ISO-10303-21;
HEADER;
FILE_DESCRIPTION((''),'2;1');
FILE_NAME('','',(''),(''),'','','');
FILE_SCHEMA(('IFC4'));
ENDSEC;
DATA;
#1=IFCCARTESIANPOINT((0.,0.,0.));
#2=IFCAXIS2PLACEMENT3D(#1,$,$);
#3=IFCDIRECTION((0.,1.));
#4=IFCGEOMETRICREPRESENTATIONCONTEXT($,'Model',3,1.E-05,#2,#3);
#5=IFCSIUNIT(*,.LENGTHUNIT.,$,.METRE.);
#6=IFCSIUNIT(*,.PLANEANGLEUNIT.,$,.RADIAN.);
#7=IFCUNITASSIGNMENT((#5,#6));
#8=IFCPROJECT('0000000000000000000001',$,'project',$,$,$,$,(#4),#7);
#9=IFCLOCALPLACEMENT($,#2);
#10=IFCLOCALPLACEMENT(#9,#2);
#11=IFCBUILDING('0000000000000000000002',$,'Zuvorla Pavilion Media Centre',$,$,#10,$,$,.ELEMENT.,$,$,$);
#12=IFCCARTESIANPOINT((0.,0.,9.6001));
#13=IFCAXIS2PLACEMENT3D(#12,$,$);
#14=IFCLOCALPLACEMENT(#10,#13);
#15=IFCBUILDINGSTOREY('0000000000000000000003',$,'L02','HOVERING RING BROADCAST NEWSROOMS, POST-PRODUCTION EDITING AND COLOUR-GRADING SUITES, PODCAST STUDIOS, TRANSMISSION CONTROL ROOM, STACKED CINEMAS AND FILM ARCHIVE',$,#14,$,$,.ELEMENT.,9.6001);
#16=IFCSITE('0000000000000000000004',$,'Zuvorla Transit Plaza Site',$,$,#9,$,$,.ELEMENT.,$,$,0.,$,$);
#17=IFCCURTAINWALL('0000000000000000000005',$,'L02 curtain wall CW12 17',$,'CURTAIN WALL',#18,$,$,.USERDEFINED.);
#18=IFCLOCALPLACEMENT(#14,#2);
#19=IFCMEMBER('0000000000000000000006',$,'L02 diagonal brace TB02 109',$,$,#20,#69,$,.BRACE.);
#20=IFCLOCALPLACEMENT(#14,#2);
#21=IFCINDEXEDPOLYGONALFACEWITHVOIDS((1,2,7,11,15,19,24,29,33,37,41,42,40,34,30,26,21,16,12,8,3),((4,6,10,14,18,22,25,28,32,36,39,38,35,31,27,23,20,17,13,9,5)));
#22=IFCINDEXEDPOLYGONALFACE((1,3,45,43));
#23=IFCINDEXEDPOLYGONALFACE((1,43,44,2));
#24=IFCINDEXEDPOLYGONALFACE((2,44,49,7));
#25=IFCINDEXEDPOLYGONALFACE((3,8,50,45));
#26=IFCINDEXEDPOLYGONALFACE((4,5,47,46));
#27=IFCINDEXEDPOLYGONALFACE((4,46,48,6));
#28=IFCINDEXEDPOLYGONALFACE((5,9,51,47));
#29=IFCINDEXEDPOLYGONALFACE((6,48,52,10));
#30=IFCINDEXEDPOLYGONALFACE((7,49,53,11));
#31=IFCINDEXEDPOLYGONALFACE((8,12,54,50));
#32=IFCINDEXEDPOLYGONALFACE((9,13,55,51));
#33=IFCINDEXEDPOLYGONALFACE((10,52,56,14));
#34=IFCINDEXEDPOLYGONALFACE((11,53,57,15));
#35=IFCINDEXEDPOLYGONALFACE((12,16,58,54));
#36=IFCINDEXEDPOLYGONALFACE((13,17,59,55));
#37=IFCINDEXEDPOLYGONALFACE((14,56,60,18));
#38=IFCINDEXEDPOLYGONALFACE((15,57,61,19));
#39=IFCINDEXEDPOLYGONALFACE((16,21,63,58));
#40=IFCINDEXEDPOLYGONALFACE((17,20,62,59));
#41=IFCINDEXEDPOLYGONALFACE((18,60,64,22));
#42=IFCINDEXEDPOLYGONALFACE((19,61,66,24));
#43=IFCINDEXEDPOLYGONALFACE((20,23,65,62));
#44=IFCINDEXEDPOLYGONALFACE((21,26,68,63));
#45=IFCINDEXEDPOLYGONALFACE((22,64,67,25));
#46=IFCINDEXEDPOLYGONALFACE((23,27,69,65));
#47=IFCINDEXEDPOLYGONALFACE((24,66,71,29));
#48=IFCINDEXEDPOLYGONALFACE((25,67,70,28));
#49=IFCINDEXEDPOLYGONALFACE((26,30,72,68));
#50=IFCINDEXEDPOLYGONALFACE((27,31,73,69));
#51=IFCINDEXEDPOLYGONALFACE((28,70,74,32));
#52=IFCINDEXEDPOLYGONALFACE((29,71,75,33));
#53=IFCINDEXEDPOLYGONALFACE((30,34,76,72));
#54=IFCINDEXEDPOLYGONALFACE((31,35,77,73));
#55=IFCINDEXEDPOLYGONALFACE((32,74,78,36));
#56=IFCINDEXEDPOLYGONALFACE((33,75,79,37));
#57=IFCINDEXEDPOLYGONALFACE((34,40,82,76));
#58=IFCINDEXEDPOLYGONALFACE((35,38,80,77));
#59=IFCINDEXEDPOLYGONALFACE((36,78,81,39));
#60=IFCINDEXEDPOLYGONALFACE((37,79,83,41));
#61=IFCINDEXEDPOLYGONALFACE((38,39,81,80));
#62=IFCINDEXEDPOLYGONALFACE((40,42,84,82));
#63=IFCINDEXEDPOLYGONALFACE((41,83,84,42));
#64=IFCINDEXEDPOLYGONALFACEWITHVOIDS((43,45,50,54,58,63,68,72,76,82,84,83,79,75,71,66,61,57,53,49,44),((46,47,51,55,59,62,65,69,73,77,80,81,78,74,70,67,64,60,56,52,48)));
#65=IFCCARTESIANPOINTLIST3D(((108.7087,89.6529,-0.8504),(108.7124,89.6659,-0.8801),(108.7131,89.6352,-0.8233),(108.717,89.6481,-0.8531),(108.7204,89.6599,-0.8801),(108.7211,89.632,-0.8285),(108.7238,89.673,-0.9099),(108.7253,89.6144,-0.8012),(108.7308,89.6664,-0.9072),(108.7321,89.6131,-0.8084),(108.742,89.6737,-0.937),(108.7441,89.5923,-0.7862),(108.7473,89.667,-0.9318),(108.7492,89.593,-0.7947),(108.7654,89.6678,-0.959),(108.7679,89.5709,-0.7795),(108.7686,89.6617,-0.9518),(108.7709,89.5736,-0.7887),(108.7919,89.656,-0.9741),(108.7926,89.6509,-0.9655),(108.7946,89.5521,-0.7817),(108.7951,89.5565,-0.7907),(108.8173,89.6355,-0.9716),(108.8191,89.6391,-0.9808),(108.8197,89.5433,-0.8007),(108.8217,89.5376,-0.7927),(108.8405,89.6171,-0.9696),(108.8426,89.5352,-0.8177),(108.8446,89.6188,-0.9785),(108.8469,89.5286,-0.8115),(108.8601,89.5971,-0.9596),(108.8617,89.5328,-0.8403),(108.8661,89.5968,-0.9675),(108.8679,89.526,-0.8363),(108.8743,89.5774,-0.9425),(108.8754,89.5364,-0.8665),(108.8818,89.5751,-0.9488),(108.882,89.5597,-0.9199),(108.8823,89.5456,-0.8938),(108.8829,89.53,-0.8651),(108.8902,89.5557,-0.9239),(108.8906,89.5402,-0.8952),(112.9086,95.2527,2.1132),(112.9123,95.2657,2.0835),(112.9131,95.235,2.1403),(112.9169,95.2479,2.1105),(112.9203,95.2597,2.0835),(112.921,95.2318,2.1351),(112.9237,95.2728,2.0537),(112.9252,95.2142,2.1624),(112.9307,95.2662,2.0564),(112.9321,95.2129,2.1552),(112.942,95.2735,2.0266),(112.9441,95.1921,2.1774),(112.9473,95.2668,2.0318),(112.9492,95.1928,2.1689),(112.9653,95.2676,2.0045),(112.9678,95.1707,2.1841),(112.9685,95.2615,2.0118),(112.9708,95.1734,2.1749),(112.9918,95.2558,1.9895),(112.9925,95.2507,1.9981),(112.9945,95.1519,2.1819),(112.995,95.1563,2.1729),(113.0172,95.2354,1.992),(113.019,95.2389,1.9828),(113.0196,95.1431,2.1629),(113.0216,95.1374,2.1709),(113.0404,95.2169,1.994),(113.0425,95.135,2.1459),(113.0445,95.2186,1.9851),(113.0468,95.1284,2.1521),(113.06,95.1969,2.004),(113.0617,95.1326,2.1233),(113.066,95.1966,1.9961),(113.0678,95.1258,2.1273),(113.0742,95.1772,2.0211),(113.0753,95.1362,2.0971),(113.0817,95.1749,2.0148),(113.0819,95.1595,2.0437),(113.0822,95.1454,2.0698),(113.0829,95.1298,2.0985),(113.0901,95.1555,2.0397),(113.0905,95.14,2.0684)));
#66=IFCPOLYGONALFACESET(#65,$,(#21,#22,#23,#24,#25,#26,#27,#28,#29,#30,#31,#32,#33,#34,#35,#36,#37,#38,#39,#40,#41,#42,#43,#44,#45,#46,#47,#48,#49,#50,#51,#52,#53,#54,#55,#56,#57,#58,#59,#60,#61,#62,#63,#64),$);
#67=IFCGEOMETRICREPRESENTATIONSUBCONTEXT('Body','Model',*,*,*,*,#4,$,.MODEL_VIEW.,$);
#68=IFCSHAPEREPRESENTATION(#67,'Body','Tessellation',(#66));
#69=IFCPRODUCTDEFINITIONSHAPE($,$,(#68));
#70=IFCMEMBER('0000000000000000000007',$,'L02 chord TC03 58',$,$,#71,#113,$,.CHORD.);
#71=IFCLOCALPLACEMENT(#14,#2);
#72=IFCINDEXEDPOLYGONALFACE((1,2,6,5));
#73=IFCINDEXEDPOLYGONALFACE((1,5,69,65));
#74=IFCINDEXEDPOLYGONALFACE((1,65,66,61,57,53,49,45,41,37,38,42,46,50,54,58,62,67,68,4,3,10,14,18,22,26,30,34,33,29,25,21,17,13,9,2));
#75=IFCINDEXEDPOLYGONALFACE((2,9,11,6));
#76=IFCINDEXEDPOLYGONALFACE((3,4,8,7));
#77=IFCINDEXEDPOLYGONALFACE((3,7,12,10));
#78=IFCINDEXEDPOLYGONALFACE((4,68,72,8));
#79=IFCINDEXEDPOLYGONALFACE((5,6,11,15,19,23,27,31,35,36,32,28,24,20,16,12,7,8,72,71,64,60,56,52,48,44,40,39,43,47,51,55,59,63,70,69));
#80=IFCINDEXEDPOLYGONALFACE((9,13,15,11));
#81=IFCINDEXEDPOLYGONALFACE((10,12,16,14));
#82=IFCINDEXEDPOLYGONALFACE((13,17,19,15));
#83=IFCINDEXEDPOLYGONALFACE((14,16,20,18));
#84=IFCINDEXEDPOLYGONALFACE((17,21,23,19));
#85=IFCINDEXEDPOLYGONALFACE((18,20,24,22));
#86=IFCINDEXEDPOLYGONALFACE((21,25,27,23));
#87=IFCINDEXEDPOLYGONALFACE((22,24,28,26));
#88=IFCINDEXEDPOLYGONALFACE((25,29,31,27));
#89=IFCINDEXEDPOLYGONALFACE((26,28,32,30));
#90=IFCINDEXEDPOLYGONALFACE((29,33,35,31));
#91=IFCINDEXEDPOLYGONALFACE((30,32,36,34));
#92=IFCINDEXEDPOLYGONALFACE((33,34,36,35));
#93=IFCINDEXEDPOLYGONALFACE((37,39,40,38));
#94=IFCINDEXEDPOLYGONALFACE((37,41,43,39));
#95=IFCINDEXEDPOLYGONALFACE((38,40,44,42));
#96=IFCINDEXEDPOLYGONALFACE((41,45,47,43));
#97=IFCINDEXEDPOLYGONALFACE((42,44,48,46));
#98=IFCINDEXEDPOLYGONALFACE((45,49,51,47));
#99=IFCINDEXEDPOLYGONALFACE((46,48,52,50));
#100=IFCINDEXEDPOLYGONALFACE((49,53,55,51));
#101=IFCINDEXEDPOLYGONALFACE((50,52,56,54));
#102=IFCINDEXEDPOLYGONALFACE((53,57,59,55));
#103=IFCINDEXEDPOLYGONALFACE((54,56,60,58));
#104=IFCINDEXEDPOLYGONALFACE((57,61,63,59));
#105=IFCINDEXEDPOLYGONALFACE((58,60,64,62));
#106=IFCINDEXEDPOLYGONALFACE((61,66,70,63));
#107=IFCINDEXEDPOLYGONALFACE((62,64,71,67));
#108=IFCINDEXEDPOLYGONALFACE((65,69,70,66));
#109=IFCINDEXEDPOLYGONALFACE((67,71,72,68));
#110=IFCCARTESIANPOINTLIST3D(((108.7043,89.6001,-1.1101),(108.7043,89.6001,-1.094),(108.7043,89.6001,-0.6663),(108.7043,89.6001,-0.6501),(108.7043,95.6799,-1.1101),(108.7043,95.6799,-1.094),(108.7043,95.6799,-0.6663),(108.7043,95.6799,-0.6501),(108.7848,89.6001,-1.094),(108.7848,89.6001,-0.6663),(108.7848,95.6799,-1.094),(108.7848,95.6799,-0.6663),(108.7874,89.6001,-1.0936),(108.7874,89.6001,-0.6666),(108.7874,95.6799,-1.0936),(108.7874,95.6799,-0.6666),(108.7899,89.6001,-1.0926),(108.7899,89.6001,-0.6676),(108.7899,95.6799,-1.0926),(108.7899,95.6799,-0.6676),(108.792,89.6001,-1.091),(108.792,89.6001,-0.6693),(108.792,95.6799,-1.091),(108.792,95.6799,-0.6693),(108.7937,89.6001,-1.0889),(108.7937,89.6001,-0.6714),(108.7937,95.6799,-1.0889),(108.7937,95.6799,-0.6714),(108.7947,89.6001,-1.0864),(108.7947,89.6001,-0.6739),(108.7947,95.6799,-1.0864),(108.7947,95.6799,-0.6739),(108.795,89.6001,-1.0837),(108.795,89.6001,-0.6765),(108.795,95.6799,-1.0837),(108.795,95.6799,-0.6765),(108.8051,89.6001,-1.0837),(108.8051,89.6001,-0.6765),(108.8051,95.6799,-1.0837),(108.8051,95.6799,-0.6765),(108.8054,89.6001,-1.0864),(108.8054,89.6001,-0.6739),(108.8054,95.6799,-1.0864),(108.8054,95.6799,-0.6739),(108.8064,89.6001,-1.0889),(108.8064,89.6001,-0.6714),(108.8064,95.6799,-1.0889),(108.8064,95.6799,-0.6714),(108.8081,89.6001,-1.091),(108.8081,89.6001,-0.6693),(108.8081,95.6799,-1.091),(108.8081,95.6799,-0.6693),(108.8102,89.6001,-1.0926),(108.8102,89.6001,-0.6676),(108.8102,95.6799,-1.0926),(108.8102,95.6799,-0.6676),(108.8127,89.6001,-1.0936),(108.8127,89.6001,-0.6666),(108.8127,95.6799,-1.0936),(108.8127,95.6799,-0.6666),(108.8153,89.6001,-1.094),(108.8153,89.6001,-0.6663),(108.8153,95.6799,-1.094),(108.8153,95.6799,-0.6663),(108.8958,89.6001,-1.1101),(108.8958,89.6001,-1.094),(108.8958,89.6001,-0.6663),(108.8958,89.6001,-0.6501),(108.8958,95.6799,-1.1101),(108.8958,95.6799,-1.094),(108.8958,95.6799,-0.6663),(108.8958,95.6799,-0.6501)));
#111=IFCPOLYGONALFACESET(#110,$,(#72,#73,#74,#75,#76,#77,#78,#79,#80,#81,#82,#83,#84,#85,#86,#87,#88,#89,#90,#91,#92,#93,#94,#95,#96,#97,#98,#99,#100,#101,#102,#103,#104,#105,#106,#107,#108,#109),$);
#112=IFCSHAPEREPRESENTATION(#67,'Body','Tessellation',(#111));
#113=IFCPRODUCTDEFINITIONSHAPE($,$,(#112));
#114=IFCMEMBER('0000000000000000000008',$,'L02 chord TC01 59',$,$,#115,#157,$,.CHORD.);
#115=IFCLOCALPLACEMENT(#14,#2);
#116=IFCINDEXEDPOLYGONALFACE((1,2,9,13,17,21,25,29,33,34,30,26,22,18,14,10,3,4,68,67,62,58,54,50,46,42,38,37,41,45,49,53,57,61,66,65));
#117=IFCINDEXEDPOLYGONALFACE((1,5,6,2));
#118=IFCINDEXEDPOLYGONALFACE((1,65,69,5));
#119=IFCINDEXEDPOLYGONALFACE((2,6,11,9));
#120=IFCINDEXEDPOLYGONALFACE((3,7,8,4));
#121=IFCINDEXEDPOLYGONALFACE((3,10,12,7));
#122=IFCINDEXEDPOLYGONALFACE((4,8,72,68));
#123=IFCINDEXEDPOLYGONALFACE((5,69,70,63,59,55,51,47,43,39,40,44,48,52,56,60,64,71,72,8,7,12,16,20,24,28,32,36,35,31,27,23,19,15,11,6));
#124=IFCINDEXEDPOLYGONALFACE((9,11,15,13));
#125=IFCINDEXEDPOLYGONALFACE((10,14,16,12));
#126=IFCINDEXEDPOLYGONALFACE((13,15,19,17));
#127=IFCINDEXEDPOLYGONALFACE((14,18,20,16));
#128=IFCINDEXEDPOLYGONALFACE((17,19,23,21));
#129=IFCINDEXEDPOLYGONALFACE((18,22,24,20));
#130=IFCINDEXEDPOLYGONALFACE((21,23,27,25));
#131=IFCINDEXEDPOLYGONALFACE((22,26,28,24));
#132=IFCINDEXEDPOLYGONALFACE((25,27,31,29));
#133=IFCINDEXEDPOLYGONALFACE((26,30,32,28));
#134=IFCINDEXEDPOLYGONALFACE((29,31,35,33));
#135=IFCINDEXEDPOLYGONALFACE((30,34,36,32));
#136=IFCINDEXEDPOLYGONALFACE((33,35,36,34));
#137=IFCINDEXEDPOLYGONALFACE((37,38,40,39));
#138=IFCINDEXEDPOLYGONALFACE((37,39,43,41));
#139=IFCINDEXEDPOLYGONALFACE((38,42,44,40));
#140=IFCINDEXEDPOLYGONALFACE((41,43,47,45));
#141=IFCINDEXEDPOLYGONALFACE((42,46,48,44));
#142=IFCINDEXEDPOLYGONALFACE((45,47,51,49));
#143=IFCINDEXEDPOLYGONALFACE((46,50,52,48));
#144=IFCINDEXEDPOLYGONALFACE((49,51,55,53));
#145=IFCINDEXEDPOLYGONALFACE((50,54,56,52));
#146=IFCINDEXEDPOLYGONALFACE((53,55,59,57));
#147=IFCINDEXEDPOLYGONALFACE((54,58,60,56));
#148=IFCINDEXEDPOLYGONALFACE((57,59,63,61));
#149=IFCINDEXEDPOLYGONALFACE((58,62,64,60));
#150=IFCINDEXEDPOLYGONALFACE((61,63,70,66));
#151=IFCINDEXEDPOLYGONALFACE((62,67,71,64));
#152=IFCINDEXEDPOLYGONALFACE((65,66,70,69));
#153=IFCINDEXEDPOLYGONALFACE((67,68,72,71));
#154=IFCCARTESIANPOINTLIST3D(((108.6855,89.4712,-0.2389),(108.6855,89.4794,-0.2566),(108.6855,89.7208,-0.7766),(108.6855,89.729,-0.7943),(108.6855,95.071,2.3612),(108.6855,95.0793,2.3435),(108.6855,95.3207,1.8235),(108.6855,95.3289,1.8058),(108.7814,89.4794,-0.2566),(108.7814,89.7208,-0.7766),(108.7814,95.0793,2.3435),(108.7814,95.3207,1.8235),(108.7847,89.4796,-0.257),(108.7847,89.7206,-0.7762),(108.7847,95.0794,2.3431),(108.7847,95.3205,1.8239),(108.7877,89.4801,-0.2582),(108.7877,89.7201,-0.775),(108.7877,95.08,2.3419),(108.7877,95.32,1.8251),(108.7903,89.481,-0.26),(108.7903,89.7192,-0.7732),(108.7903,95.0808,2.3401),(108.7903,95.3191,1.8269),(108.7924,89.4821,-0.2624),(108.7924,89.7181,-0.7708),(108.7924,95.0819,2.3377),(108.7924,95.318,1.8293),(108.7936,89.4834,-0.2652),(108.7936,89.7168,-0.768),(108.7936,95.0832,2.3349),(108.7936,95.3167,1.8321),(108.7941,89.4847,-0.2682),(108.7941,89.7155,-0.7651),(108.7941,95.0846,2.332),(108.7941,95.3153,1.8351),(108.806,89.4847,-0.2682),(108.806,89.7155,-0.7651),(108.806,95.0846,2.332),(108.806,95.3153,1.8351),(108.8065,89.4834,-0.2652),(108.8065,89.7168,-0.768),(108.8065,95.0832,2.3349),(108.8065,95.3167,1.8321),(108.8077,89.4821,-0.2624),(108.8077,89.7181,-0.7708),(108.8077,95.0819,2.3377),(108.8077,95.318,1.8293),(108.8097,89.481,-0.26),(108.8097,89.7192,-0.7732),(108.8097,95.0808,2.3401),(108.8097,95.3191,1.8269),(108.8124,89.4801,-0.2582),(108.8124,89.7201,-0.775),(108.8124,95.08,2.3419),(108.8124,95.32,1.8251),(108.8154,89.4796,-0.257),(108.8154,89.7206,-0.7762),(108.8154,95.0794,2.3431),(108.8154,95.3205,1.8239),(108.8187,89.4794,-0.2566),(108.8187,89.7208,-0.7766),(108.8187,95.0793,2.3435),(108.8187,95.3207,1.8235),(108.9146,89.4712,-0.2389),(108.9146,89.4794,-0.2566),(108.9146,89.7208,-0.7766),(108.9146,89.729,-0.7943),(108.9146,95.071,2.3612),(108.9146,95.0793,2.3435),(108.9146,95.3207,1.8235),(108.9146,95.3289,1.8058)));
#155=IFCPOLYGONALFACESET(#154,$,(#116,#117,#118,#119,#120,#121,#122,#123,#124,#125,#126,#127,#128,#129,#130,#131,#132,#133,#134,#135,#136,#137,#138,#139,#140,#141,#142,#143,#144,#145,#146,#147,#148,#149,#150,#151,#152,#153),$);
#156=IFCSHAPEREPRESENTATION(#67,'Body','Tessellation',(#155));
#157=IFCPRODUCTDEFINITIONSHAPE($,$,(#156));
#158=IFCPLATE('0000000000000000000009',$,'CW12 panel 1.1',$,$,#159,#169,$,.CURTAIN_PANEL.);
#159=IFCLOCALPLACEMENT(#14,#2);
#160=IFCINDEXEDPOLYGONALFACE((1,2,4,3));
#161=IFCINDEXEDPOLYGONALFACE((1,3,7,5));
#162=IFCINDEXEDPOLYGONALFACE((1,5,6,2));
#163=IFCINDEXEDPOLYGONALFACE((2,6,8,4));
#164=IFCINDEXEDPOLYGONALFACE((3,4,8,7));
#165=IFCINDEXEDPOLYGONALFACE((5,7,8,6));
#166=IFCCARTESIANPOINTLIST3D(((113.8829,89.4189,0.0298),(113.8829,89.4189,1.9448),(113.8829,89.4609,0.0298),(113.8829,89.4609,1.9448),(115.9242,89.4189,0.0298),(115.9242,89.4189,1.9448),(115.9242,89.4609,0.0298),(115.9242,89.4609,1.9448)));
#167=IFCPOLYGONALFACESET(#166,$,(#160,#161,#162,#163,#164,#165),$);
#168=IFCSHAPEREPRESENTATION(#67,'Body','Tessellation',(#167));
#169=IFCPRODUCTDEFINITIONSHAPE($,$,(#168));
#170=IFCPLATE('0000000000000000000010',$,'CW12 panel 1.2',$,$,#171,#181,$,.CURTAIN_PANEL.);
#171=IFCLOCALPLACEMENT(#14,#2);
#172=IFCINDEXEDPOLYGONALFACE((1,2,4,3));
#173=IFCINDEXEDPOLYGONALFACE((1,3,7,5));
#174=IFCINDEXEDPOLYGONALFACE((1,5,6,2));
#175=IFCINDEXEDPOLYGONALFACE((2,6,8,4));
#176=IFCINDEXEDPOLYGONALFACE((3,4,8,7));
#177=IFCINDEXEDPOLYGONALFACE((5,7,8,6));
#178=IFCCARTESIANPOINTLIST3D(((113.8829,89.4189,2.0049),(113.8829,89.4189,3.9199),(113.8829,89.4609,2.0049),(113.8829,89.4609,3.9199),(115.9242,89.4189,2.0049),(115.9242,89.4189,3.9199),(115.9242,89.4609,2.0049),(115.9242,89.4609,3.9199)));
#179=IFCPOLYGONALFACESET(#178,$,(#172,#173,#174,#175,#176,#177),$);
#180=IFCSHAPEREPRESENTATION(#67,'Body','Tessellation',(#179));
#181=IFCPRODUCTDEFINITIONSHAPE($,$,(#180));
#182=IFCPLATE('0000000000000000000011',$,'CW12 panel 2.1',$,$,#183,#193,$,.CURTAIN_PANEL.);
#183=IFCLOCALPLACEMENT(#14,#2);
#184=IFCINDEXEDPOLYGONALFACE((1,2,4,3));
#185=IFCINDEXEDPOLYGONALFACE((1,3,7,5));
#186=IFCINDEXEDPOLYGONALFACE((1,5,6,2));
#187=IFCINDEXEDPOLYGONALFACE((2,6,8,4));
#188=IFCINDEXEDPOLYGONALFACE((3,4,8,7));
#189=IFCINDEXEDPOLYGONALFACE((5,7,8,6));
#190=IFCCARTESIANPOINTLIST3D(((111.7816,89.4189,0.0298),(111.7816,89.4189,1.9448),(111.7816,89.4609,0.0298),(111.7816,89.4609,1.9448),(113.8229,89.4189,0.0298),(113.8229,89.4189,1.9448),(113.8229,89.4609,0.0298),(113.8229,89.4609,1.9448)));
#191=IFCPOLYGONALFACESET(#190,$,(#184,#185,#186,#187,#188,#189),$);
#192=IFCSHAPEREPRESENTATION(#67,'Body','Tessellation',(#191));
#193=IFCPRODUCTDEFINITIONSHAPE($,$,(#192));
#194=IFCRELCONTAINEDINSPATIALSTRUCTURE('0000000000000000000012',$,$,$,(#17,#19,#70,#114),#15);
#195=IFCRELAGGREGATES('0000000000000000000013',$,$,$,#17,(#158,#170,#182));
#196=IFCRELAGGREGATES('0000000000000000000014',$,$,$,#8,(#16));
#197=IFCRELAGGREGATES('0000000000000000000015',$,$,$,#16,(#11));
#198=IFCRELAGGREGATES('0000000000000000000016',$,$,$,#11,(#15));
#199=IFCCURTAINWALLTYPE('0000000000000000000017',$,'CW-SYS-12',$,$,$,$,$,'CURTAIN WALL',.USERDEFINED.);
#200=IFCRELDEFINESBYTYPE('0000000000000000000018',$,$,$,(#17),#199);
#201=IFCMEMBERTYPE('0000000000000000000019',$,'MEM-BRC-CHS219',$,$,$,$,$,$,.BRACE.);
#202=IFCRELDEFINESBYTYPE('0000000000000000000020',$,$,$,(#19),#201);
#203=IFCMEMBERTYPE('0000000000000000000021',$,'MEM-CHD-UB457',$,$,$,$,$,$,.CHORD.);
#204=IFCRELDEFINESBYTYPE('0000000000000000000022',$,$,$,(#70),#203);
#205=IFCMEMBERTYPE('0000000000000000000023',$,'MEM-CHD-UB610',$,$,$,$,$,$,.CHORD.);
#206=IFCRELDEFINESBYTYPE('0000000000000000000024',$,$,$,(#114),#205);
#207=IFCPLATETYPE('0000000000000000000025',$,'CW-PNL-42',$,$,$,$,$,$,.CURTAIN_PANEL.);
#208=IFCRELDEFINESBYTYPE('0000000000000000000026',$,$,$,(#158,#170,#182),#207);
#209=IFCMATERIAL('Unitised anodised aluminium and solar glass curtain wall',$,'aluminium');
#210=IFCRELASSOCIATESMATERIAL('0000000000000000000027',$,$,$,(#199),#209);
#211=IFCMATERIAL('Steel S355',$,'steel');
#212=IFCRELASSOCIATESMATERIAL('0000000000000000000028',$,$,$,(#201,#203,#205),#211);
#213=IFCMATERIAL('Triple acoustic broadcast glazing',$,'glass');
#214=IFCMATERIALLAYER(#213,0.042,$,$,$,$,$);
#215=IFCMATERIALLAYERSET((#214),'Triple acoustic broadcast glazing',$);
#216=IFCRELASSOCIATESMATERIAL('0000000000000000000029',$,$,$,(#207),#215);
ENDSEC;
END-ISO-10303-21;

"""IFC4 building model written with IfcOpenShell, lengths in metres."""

from ifc_helpers import new_model, si_unit, direction, frame, origin, origin_2d, place, context, subcontext, project, spatial, rectangle, hollow_circle, i_section, extrude, material, layer, layer_set, material_profile, profile_set, type_object, element, aggregate, save


model = new_model("IFC4")

# Units and contexts
model_context = context("Model", 3, precision=1e-05, world=origin(), true_north=direction((0.0, 1.0)))
body_context = subcontext(model_context, "Body", "Model", "MODEL_VIEW")
ifc_project = project(units=[si_unit("LENGTHUNIT", "METRE"), si_unit("PLANEANGLEUNIT", "RADIAN")], contexts=[model_context])

# Site, building, storey
site_placement = place(None, origin())
site = spatial("IfcSite", under=ifc_project, at=site_placement, Name="Zuvorla Transit Plaza Site", CompositionType="ELEMENT", RefElevation=0.0)
building_placement = place(site_placement, origin())
building = spatial("IfcBuilding", under=site, at=building_placement, Name="Zuvorla Pavilion Media Centre", CompositionType="ELEMENT")
storey_placement = place(building_placement, frame((0.0, 0.0, 9.6001)))
storey = spatial("IfcBuildingStorey", under=building, at=storey_placement, Name="L02", Description="HOVERING RING BROADCAST NEWSROOMS, POST-PRODUCTION EDITING AND COLOUR-GRADING SUITES, PODCAST STUDIOS, TRANSMISSION CONTROL ROOM, STACKED CINEMAS AND FILM ARCHIVE", CompositionType="ELEMENT", Elevation=9.6001)

# Shared definitions
ifc_material_1 = material(Name="Steel S355", Category="steel")

# Curtain wall
ifc_material_2 = material(Name="Unitised anodised aluminium and solar glass curtain wall", Category="aluminium")
curtain_wall_type = type_object("IfcCurtainWallType", Name="CW-SYS-12", ElementType="CURTAIN WALL", PredefinedType="USERDEFINED", material=ifc_material_2)
curtain_wall_placement = place(storey_placement, origin())
curtain_wall = element("IfcCurtainWall", 1, at=curtain_wall_placement, inside=storey, type_object=curtain_wall_type, Name="L02 curtain wall CW12 17", ObjectType="CURTAIN WALL", PredefinedType="USERDEFINED")

# Members
ifc_material_profile_1 = material_profile(ifc_material_1, hollow_circle(Radius=0.1096, WallThickness=0.01, at=origin_2d()), Name="CHS 219.1x10")
ifc_profile_set_1 = profile_set([ifc_material_profile_1], Name="Steel S355")
member_type_1 = type_object("IfcMemberType", Name="MEM-BRC-CHS219", PredefinedType="BRACE", material=ifc_profile_set_1)
member_1_placement = place(storey_placement, frame((108.8, 89.6001, -0.8801), z_axis=(0.552525, 0.736689, 0.389879), x_axis=(-0.799996, 0.600006, 0.0)))
element("IfcMember", 2, at=member_1_placement, inside=storey, type_object=member_type_1, Name="L02 diagonal brace TB02 109", PredefinedType="BRACE", context=body_context, shape_type="SweptSolid", body=[
    extrude(hollow_circle(Radius=0.1096, WallThickness=0.01, at=origin_2d()), origin(), (0.0, 0.0, 1.0), 7.6013),
])
ifc_material_profile_2 = material_profile(ifc_material_1, i_section(OverallWidth=0.1914, OverallDepth=0.46, WebThickness=0.01, FlangeThickness=0.0161, FilletRadius=0.0103, at=origin_2d()), Name="UB 457x191x82")
ifc_profile_set_2 = profile_set([ifc_material_profile_2], Name="Steel S355")
member_type_2 = type_object("IfcMemberType", Name="MEM-CHD-UB457", PredefinedType="CHORD", material=ifc_profile_set_2)
member_2_placement = place(storey_placement, frame((108.8, 89.6001, -0.8801), z_axis=(0.0, 1.0, 0.0), x_axis=(-1.0, 0.0, 0.0)))
element("IfcMember", 3, at=member_2_placement, inside=storey, type_object=member_type_2, Name="L02 chord TC03 58", PredefinedType="CHORD", context=body_context, shape_type="SweptSolid", body=[
    extrude(i_section(OverallWidth=0.1914, OverallDepth=0.46, WebThickness=0.01, FlangeThickness=0.0161, FilletRadius=0.0103, at=origin_2d()), origin(), (0.0, 0.0, 1.0), 6.0798),
])
ifc_material_profile_3 = material_profile(ifc_material_1, i_section(OverallWidth=0.229, OverallDepth=0.6123, WebThickness=0.012, FlangeThickness=0.0195, FilletRadius=0.0127, at=origin_2d()), Name="UB 610x229x125")
ifc_profile_set_3 = profile_set([ifc_material_profile_3], Name="Steel S355")
member_type_3 = type_object("IfcMemberType", Name="MEM-CHD-UB610", PredefinedType="CHORD", material=ifc_profile_set_3)
member_3_placement = place(storey_placement, frame((108.8, 89.6001, -0.5166), z_axis=(0.0, 0.906999, 0.421133), x_axis=(-1.0, 0.0, 0.0)))
element("IfcMember", 4, at=member_3_placement, inside=storey, type_object=member_type_3, Name="L02 chord TC01 59", PredefinedType="CHORD", context=body_context, shape_type="SweptSolid", body=[
    extrude(i_section(OverallWidth=0.229, OverallDepth=0.6123, WebThickness=0.012, FlangeThickness=0.0195, FilletRadius=0.0127, at=origin_2d()), origin(), (0.0, 0.0, 1.0), 6.1741),
])

# Plates
ifc_material_3 = material(Name="Triple acoustic broadcast glazing", Category="glass")
ifc_layer_1 = layer(ifc_material_3, 0.042)
ifc_layer_set_1 = layer_set([ifc_layer_1], Name="Triple acoustic broadcast glazing")
plate_type_1 = type_object("IfcPlateType", Name="CW-PNL-42", PredefinedType="CURTAIN_PANEL", material=ifc_layer_set_1)
plate_1_placement = place(storey_placement, frame((114.9036, 89.4399, 0.0298), z_axis=(0.0, 0.0, 1.0), x_axis=(-1.0, 0.0, 0.0)))
plate_1 = element("IfcPlate", 5, at=plate_1_placement, type_object=plate_type_1, Name="CW12 panel 1.1", PredefinedType="CURTAIN_PANEL", context=body_context, shape_type="SweptSolid", body=[
    extrude(rectangle(XDim=2.0413, YDim=0.042, at=origin_2d()), origin(), (0.0, 0.0, 1.0), 1.915),
])
plate_2_placement = place(storey_placement, frame((114.9036, 89.4399, 2.0049), z_axis=(0.0, 0.0, 1.0), x_axis=(-1.0, 0.0, 0.0)))
plate_2 = element("IfcPlate", 6, at=plate_2_placement, type_object=plate_type_1, Name="CW12 panel 1.2", PredefinedType="CURTAIN_PANEL", context=body_context, shape_type="SweptSolid", body=[
    extrude(rectangle(XDim=2.0413, YDim=0.042, at=origin_2d()), origin(), (0.0, 0.0, 1.0), 1.915),
])
plate_3_placement = place(storey_placement, frame((112.8022, 89.4399, 0.0298), z_axis=(0.0, 0.0, 1.0), x_axis=(-1.0, 0.0, 0.0)))
plate_3 = element("IfcPlate", 7, at=plate_3_placement, type_object=plate_type_1, Name="CW12 panel 2.1", PredefinedType="CURTAIN_PANEL", context=body_context, shape_type="SweptSolid", body=[
    extrude(rectangle(XDim=2.0413, YDim=0.042, at=origin_2d()), origin(), (0.0, 0.0, 1.0), 1.915),
])
aggregate(curtain_wall, [plate_1, plate_2, plate_3])

save(model, "model.ifc")
